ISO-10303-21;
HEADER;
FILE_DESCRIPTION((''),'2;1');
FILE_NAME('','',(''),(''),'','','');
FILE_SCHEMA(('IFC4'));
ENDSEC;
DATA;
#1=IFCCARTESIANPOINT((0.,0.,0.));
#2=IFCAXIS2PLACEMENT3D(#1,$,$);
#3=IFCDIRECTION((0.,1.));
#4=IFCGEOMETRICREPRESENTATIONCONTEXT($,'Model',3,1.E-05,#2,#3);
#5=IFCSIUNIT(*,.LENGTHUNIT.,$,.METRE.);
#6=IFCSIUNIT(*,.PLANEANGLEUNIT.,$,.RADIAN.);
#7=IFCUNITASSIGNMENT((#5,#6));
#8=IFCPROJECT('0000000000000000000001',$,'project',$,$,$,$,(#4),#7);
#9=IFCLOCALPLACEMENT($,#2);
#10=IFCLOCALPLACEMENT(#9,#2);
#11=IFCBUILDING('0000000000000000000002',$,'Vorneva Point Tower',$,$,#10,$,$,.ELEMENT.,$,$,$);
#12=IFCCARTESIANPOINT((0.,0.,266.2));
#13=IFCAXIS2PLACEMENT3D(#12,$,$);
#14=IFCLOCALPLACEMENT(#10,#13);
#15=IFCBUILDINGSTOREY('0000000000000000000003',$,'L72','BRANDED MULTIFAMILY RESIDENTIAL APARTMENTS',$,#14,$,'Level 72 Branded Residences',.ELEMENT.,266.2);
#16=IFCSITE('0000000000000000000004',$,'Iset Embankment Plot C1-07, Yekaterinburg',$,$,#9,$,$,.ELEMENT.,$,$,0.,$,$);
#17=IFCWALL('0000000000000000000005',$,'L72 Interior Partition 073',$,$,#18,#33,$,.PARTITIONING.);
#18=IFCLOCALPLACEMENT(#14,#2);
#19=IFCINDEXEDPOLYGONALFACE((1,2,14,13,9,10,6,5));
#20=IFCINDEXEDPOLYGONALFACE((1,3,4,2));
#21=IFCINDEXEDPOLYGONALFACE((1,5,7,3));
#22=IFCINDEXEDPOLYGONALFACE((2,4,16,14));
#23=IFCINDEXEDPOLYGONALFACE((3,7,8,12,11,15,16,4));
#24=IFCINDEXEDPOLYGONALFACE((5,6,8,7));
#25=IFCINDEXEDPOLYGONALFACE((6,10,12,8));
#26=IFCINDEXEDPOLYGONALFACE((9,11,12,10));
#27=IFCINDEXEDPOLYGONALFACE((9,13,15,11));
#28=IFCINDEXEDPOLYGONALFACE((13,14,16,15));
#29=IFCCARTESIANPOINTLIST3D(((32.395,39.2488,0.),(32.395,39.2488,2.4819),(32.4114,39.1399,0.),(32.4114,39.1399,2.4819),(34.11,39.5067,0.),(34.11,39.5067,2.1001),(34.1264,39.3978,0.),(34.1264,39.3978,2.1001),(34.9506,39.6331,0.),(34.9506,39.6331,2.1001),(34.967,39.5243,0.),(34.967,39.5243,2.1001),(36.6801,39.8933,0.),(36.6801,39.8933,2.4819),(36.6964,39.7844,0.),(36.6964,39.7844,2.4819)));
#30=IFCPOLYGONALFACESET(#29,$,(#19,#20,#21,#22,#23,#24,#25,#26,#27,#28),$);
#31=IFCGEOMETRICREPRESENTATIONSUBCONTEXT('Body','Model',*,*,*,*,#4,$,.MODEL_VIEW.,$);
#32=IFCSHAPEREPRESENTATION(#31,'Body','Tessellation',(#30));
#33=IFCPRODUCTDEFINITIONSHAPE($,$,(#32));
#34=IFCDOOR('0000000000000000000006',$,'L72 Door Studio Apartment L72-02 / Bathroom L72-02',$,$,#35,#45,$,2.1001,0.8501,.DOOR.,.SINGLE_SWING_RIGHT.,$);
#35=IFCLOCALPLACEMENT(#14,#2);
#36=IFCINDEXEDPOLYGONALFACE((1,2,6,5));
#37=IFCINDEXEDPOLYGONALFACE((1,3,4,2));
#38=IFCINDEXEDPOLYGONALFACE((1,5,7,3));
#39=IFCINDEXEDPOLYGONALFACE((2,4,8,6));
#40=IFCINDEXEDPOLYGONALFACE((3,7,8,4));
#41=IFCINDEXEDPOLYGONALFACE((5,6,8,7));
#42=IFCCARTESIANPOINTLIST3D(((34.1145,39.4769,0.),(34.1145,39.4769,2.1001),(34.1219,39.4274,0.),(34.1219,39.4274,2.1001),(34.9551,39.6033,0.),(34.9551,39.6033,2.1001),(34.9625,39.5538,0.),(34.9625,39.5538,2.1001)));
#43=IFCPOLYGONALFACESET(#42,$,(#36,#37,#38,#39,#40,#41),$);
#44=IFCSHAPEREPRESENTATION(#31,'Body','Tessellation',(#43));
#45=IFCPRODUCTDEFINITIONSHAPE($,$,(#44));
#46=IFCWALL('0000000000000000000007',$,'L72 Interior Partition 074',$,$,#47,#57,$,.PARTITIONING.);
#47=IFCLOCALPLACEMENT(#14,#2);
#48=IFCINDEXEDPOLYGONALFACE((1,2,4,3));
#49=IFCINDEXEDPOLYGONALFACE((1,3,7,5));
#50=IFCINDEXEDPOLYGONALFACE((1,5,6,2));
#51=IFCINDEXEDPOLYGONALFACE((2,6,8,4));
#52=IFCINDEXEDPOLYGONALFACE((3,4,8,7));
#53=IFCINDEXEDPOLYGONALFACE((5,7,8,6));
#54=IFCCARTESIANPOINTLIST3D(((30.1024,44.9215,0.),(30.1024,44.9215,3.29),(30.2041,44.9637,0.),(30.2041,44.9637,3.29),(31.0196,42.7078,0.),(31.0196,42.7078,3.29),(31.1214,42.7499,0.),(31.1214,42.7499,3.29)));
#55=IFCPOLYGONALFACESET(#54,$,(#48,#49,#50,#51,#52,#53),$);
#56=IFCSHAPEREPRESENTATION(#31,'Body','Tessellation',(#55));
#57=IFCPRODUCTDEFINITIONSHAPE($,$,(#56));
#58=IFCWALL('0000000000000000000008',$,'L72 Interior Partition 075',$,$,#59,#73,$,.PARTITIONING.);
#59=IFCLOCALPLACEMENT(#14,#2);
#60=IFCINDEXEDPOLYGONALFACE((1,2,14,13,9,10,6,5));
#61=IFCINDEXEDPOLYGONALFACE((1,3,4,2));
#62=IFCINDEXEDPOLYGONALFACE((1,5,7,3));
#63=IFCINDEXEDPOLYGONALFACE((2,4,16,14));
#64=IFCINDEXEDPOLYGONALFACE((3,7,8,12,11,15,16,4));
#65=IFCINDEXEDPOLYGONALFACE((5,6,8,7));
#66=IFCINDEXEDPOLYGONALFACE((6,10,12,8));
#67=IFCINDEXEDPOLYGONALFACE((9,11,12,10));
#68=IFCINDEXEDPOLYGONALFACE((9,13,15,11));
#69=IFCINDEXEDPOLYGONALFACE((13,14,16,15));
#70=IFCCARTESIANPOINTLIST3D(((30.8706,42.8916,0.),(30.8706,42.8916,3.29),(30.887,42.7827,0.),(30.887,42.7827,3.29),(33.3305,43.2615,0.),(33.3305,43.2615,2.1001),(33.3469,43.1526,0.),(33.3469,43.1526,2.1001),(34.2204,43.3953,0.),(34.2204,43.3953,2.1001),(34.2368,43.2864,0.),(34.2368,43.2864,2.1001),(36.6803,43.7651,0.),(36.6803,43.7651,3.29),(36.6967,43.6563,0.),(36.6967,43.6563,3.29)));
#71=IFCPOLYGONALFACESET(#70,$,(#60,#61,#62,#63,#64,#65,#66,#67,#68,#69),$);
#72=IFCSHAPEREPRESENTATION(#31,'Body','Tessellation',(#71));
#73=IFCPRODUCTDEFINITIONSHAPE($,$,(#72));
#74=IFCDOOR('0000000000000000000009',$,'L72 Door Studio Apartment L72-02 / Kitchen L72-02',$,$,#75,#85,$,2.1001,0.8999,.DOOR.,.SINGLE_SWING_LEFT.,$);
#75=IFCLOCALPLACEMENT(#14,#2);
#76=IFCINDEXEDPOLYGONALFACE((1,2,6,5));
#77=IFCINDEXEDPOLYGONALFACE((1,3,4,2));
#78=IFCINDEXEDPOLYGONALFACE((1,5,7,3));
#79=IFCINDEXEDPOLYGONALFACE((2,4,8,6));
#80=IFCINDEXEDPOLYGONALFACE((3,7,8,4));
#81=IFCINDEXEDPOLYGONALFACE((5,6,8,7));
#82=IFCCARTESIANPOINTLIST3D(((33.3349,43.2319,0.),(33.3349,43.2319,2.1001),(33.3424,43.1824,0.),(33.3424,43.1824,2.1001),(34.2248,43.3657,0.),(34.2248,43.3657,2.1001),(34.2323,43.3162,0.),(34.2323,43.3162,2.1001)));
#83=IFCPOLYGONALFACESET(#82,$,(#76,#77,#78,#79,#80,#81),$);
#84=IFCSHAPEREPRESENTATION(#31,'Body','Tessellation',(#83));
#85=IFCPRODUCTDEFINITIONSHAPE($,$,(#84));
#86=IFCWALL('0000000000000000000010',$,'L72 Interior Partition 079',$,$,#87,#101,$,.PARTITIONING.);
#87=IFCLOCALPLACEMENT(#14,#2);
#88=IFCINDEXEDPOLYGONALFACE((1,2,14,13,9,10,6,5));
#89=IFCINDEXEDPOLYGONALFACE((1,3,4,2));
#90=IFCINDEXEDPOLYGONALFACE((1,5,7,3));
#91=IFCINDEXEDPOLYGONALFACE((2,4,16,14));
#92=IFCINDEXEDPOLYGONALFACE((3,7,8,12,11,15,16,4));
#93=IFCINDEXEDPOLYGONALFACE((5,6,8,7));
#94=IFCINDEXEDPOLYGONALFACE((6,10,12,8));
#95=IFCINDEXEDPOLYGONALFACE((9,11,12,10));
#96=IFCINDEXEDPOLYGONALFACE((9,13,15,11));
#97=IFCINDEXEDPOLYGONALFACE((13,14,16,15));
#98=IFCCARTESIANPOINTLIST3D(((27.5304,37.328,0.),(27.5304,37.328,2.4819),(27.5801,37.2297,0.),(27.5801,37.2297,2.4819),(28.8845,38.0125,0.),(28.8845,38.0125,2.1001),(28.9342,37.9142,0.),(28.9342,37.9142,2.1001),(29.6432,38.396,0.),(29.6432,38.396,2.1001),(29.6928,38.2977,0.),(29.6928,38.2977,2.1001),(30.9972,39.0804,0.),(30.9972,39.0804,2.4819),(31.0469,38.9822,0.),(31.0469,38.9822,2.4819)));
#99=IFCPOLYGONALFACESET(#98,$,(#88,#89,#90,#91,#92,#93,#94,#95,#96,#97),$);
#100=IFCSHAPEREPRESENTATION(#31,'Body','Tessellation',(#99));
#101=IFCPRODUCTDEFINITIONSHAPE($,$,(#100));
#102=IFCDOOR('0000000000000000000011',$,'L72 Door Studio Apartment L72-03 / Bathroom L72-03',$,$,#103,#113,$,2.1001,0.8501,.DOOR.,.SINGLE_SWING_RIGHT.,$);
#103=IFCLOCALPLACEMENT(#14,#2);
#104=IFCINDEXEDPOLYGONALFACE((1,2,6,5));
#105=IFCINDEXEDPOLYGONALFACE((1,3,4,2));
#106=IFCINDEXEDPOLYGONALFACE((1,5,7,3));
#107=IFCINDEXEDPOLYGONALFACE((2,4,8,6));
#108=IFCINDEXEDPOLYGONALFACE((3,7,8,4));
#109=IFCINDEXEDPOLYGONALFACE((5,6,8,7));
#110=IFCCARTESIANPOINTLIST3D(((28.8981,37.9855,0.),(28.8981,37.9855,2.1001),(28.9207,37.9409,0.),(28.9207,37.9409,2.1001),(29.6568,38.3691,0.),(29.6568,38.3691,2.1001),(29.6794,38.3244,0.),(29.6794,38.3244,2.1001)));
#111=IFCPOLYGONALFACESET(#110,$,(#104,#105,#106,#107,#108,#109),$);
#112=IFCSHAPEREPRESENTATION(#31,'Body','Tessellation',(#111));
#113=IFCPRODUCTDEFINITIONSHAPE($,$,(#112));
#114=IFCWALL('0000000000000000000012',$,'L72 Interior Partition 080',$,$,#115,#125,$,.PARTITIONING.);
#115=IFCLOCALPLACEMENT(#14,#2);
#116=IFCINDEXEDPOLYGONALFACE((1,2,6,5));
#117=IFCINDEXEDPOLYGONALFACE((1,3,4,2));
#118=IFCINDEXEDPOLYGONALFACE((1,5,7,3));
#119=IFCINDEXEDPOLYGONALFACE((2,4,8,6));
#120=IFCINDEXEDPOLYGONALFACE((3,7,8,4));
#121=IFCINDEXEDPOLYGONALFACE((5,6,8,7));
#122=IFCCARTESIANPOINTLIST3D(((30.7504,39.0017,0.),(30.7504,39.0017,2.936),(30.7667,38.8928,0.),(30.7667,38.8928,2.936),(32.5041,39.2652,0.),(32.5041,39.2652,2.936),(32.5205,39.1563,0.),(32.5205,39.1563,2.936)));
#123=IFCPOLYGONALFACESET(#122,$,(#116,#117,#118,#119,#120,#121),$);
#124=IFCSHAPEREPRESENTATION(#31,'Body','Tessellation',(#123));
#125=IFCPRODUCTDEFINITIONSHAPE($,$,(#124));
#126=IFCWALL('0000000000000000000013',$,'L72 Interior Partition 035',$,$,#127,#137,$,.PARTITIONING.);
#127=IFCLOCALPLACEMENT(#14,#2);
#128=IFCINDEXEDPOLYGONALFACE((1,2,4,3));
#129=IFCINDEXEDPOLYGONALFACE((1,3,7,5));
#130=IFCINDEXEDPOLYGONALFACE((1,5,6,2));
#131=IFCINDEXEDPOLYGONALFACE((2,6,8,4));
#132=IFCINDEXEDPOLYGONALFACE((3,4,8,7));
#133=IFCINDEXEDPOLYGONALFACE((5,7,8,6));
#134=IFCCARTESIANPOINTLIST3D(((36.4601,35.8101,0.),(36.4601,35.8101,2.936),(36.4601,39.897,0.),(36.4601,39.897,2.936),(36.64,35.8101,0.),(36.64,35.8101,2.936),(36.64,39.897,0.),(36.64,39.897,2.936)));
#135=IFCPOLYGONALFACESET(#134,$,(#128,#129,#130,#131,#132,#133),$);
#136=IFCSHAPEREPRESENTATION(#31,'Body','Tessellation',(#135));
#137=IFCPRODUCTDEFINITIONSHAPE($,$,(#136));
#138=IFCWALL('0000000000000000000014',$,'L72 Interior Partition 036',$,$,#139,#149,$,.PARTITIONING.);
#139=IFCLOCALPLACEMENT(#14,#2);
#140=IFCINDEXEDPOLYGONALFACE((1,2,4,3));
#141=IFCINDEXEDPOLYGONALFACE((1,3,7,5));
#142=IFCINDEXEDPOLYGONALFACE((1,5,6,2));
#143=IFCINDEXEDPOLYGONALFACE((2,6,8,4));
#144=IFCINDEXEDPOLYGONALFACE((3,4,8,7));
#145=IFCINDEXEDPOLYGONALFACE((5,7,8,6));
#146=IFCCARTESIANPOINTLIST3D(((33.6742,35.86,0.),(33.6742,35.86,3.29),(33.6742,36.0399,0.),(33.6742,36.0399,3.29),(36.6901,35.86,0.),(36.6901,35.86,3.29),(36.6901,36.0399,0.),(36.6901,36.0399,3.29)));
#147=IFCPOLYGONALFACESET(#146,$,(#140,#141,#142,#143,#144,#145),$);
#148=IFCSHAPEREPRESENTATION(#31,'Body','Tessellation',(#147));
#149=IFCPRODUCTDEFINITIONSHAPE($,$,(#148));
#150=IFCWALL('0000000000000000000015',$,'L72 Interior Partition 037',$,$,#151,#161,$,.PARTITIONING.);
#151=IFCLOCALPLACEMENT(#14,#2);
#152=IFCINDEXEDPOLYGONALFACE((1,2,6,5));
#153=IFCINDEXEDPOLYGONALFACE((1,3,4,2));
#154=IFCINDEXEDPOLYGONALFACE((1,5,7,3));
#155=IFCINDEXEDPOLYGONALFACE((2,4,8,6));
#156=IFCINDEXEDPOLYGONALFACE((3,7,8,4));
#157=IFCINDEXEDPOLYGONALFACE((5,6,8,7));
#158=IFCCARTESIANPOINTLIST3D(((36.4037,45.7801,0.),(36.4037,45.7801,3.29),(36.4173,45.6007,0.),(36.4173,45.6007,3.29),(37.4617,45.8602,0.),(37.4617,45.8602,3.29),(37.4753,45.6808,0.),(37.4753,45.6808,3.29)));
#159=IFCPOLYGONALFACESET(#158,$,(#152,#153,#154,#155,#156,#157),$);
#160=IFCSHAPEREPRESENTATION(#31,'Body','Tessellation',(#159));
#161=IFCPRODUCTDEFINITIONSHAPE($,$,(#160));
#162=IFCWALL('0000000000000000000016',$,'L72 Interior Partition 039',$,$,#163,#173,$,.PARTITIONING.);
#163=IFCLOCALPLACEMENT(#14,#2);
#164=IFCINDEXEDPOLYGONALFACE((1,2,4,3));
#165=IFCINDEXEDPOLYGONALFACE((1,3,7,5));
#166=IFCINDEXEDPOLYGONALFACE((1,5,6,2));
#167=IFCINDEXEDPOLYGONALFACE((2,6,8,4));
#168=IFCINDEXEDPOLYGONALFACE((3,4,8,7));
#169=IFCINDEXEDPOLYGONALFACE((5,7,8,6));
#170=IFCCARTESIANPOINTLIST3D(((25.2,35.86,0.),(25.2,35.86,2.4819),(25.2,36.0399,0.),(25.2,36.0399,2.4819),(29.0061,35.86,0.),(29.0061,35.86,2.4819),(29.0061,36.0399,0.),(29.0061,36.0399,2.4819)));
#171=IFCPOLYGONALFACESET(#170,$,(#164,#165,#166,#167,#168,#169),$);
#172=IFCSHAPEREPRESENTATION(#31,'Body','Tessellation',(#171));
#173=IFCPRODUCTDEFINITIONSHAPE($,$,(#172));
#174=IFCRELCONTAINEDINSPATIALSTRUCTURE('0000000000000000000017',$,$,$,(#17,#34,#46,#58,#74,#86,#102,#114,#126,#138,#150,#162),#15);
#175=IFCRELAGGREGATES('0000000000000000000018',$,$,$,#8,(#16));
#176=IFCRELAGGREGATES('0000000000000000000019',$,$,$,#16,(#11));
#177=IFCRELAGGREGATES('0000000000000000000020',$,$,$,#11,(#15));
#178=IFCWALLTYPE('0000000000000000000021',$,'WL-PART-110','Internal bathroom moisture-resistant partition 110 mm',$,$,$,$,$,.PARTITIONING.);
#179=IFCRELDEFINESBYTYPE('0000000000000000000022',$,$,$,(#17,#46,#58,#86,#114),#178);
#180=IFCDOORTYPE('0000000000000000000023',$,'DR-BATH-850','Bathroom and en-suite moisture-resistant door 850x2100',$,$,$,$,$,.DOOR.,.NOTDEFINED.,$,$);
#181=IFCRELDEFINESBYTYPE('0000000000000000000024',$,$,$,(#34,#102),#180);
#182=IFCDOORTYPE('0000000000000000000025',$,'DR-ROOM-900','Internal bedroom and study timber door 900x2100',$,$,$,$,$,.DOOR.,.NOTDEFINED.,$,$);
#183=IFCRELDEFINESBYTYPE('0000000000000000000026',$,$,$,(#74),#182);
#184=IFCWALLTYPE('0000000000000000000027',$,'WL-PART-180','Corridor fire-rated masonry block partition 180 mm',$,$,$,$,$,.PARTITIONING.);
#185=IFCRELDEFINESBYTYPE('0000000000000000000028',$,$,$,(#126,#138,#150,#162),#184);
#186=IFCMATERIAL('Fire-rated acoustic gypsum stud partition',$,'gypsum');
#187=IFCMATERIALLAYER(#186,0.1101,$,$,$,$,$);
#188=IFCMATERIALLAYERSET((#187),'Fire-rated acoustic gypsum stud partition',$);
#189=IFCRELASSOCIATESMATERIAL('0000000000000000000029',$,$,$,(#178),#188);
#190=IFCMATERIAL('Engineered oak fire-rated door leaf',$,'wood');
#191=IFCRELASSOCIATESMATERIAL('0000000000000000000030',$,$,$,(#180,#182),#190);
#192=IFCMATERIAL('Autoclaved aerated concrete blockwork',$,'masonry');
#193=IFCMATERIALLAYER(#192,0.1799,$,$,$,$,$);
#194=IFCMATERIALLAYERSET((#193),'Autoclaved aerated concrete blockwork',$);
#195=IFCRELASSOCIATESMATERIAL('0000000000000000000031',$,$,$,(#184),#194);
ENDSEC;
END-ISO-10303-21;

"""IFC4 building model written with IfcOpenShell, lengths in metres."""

from ifc_helpers import new_model, si_unit, direction, frame, frame_2d, origin, place, context, subcontext, project, spatial, rectangle, extrude, material, layer, layer_set, type_object, element, fill, save


model = new_model("IFC4")

# Units and contexts
model_context = context("Model", 3, precision=1e-05, world=origin(), true_north=direction((0.0, 1.0)))
body_context = subcontext(model_context, "Body", "Model", "MODEL_VIEW")
ifc_project = project(units=[si_unit("LENGTHUNIT", "METRE"), si_unit("PLANEANGLEUNIT", "RADIAN")], contexts=[model_context])

# Site, building, storey
site_placement = place(None, origin())
site = spatial("IfcSite", under=ifc_project, at=site_placement, Name="Iset Embankment Plot C1-07, Yekaterinburg", CompositionType="ELEMENT", RefElevation=0.0)
building_placement = place(site_placement, origin())
building = spatial("IfcBuilding", under=site, at=building_placement, Name="Vorneva Point Tower", CompositionType="ELEMENT")
storey_placement = place(building_placement, frame((0.0, 0.0, 266.2)))
storey = spatial("IfcBuildingStorey", under=building, at=storey_placement, Name="L72", Description="BRANDED MULTIFAMILY RESIDENTIAL APARTMENTS", LongName="Level 72 Branded Residences", CompositionType="ELEMENT", Elevation=266.2)

# Wall, opening, door
ifc_material_1 = material(Name="Fire-rated acoustic gypsum stud partition", Category="gypsum")
ifc_layer_1 = layer(ifc_material_1, 0.1101)
ifc_layer_set_1 = layer_set([ifc_layer_1], Name="Fire-rated acoustic gypsum stud partition")
wall_type_1 = type_object("IfcWallType", Name="WL-PART-110", Description="Internal bathroom moisture-resistant partition 110 mm", PredefinedType="PARTITIONING", material=ifc_layer_set_1)
wall_1_placement = place(storey_placement, frame((32.4033, 39.1943, 0.0), z_axis=(0.0, 0.0, 1.0), x_axis=(0.988877, 0.148737, 0.0)))
wall_1 = element("IfcWall", 1, at=wall_1_placement, inside=storey, type_object=wall_type_1, Name="L72 Interior Partition 073", PredefinedType="PARTITIONING", context=body_context, shape_type="SweptSolid", body=[
    extrude(rectangle(XDim=4.3333, YDim=0.1101, at=frame_2d((2.1665, 0.0))), origin(), (0.0, 0.0, 1.0), 2.4819),
])
opening_1_placement = place(wall_1_placement, frame((1.7341, 0.0, 0.0)))
opening_1 = element("IfcOpeningElement", 2, at=opening_1_placement, cuts=wall_1, PredefinedType="OPENING", context=body_context, shape_type="SweptSolid", body=[
    extrude(rectangle(XDim=0.8501, YDim=2.1001, at=frame_2d((0.425, 1.05))), frame((0.0, 0.0698, 0.0), z_axis=(0.0, -1.0, 0.0), x_axis=(1.0, 0.0, 0.0)), (0.0, 0.0, 1.0), 0.1399),
])
ifc_material_2 = material(Name="Engineered oak fire-rated door leaf", Category="wood")
door_type_1 = type_object("IfcDoorType", Name="DR-BATH-850", Description="Bathroom and en-suite moisture-resistant door 850x2100", OperationType="NOTDEFINED", PredefinedType="DOOR", material=ifc_material_2)
door_1_placement = place(opening_1_placement, origin())
door_1 = element("IfcDoor", 3, at=door_1_placement, inside=storey, type_object=door_type_1, Name="L72 Door Studio Apartment L72-02 / Bathroom L72-02", OperationType="SINGLE_SWING_RIGHT", OverallHeight=2.1001, OverallWidth=0.8501, PredefinedType="DOOR", context=body_context, shape_type="SweptSolid", body=[
    extrude(rectangle(XDim=0.8501, YDim=2.1001, at=frame_2d((0.425, 1.05))), frame((0.0, 0.0249, 0.0), z_axis=(0.0, -1.0, 0.0), x_axis=(1.0, 0.0, 0.0)), (0.0, 0.0, 1.0), 0.05),
])
fill(opening_1, door_1)

# Wall
wall_2_placement = place(storey_placement, frame((31.0706, 42.7288, 0.0), z_axis=(0.0, 0.0, 1.0), x_axis=(-0.382799, 0.923832, 0.0)))
element("IfcWall", 4, at=wall_2_placement, inside=storey, type_object=wall_type_1, Name="L72 Interior Partition 074", PredefinedType="PARTITIONING", context=body_context, shape_type="SweptSolid", body=[
    extrude(rectangle(XDim=2.3962, YDim=0.1101, at=frame_2d((1.1982, 0.0))), origin(), (0.0, 0.0, 1.0), 3.29),
])

# Walls, openings, doors
wall_3_placement = place(storey_placement, frame((36.6885, 43.7107, 0.0), z_axis=(0.0, 0.0, 1.0), x_axis=(-0.988885, -0.148684, 0.0)))
wall_3 = element("IfcWall", 5, at=wall_3_placement, inside=storey, type_object=wall_type_1, Name="L72 Interior Partition 075", PredefinedType="PARTITIONING", context=body_context, shape_type="SweptSolid", body=[
    extrude(rectangle(XDim=5.875, YDim=0.1101, at=frame_2d((2.9375, 0.0))), origin(), (0.0, 0.0, 1.0), 3.29),
])
opening_2_placement = place(wall_3_placement, frame((2.4875, 0.0, 0.0)))
opening_2 = element("IfcOpeningElement", 6, at=opening_2_placement, cuts=wall_3, PredefinedType="OPENING", context=body_context, shape_type="SweptSolid", body=[
    extrude(rectangle(XDim=0.8999, YDim=2.1001, at=frame_2d((0.45, 1.05))), frame((0.0, 0.0698, 0.0), z_axis=(0.0, -1.0, 0.0), x_axis=(1.0, 0.0, 0.0)), (0.0, 0.0, 1.0), 0.1399),
])
door_type_2 = type_object("IfcDoorType", Name="DR-ROOM-900", Description="Internal bedroom and study timber door 900x2100", OperationType="NOTDEFINED", PredefinedType="DOOR", material=ifc_material_2)
door_2_placement = place(opening_2_placement, origin())
door_2 = element("IfcDoor", 7, at=door_2_placement, inside=storey, type_object=door_type_2, Name="L72 Door Studio Apartment L72-02 / Kitchen L72-02", OperationType="SINGLE_SWING_LEFT", OverallHeight=2.1001, OverallWidth=0.8999, PredefinedType="DOOR", context=body_context, shape_type="SweptSolid", body=[
    extrude(rectangle(XDim=0.8999, YDim=2.1001, at=frame_2d((0.45, 1.05))), frame((0.0, 0.0249, 0.0), z_axis=(0.0, -1.0, 0.0), x_axis=(1.0, 0.0, 0.0)), (0.0, 0.0, 1.0), 0.05),
])
fill(opening_2, door_2)
wall_4_placement = place(storey_placement, frame((27.5552, 37.2788, 0.0), z_axis=(0.0, 0.0, 1.0), x_axis=(0.892458, 0.451131, 0.0)))
wall_4 = element("IfcWall", 8, at=wall_4_placement, inside=storey, type_object=wall_type_1, Name="L72 Interior Partition 079", PredefinedType="PARTITIONING", context=body_context, shape_type="SweptSolid", body=[
    extrude(rectangle(XDim=3.8845, YDim=0.1101, at=frame_2d((1.9424, 0.0))), origin(), (0.0, 0.0, 1.0), 2.4819),
])
opening_3_placement = place(wall_4_placement, frame((1.5173, 0.0, 0.0)))
opening_3 = element("IfcOpeningElement", 9, at=opening_3_placement, cuts=wall_4, PredefinedType="OPENING", context=body_context, shape_type="SweptSolid", body=[
    extrude(rectangle(XDim=0.8501, YDim=2.1001, at=frame_2d((0.425, 1.05))), frame((0.0, 0.0698, 0.0), z_axis=(0.0, -1.0, 0.0), x_axis=(1.0, 0.0, 0.0)), (0.0, 0.0, 1.0), 0.1399),
])
door_3_placement = place(opening_3_placement, origin())
door_3 = element("IfcDoor", 10, at=door_3_placement, inside=storey, type_object=door_type_1, Name="L72 Door Studio Apartment L72-03 / Bathroom L72-03", OperationType="SINGLE_SWING_RIGHT", OverallHeight=2.1001, OverallWidth=0.8501, PredefinedType="DOOR", context=body_context, shape_type="SweptSolid", body=[
    extrude(rectangle(XDim=0.8501, YDim=2.1001, at=frame_2d((0.425, 1.05))), frame((0.0, 0.0249, 0.0), z_axis=(0.0, -1.0, 0.0), x_axis=(1.0, 0.0, 0.0)), (0.0, 0.0, 1.0), 0.05),
])
fill(opening_3, door_3)

# Wall
wall_5_placement = place(storey_placement, frame((30.7585, 38.9473, 0.0), z_axis=(0.0, 0.0, 1.0), x_axis=(0.988905, 0.148549, 0.0)))
element("IfcWall", 11, at=wall_5_placement, inside=storey, type_object=wall_type_1, Name="L72 Interior Partition 080", PredefinedType="PARTITIONING", context=body_context, shape_type="SweptSolid", body=[
    extrude(rectangle(XDim=1.7734, YDim=0.1101, at=frame_2d((0.8867, 0.0))), origin(), (0.0, 0.0, 1.0), 2.936),
])

# Shared definitions
ifc_material_3 = material(Name="Autoclaved aerated concrete blockwork", Category="masonry")
ifc_layer_2 = layer(ifc_material_3, 0.1799)
ifc_layer_set_2 = layer_set([ifc_layer_2], Name="Autoclaved aerated concrete blockwork")
wall_type_2 = type_object("IfcWallType", Name="WL-PART-180", Description="Corridor fire-rated masonry block partition 180 mm", PredefinedType="PARTITIONING", material=ifc_layer_set_2)

# Walls
wall_6_placement = place(storey_placement, frame((36.55, 39.897, 0.0), z_axis=(0.0, 0.0, 1.0), x_axis=(0.0, -1.0, 0.0)))
element("IfcWall", 12, at=wall_6_placement, inside=storey, type_object=wall_type_2, Name="L72 Interior Partition 035", PredefinedType="PARTITIONING", context=body_context, shape_type="SweptSolid", body=[
    extrude(rectangle(XDim=4.0869, YDim=0.1799, at=frame_2d((2.0435, 0.0))), origin(), (0.0, 0.0, 1.0), 2.936),
])
wall_7_placement = place(storey_placement, frame((36.6899, 35.95, 0.0), z_axis=(0.0, 0.0, 1.0), x_axis=(-1.0, 0.0, 0.0)))
element("IfcWall", 13, at=wall_7_placement, inside=storey, type_object=wall_type_2, Name="L72 Interior Partition 036", PredefinedType="PARTITIONING", context=body_context, shape_type="SweptSolid", body=[
    extrude(rectangle(XDim=3.0159, YDim=0.1799, at=frame_2d((1.5078, 0.0))), origin(), (0.0, 0.0, 1.0), 3.29),
])
wall_8_placement = place(storey_placement, frame((37.4685, 45.7705, 0.0), z_axis=(0.0, 0.0, 1.0), x_axis=(-0.997148, -0.075465, 0.0)))
element("IfcWall", 14, at=wall_8_placement, inside=storey, type_object=wall_type_2, Name="L72 Interior Partition 037", PredefinedType="PARTITIONING", context=body_context, shape_type="SweptSolid", body=[
    extrude(rectangle(XDim=1.061, YDim=0.1799, at=frame_2d((0.5305, 0.0))), origin(), (0.0, 0.0, 1.0), 3.29),
])

# Wall
wall_9_placement = place(storey_placement, frame((29.0061, 35.95, 0.0), z_axis=(0.0, 0.0, 1.0), x_axis=(-1.0, 0.0, 0.0)))
element("IfcWall", 15, at=wall_9_placement, inside=storey, type_object=wall_type_2, Name="L72 Interior Partition 039", PredefinedType="PARTITIONING", context=body_context, shape_type="SweptSolid", body=[
    extrude(rectangle(XDim=3.8062, YDim=0.1799, at=frame_2d((1.9031, 0.0))), origin(), (0.0, 0.0, 1.0), 2.4819),
])

save(model, "model.ifc")
